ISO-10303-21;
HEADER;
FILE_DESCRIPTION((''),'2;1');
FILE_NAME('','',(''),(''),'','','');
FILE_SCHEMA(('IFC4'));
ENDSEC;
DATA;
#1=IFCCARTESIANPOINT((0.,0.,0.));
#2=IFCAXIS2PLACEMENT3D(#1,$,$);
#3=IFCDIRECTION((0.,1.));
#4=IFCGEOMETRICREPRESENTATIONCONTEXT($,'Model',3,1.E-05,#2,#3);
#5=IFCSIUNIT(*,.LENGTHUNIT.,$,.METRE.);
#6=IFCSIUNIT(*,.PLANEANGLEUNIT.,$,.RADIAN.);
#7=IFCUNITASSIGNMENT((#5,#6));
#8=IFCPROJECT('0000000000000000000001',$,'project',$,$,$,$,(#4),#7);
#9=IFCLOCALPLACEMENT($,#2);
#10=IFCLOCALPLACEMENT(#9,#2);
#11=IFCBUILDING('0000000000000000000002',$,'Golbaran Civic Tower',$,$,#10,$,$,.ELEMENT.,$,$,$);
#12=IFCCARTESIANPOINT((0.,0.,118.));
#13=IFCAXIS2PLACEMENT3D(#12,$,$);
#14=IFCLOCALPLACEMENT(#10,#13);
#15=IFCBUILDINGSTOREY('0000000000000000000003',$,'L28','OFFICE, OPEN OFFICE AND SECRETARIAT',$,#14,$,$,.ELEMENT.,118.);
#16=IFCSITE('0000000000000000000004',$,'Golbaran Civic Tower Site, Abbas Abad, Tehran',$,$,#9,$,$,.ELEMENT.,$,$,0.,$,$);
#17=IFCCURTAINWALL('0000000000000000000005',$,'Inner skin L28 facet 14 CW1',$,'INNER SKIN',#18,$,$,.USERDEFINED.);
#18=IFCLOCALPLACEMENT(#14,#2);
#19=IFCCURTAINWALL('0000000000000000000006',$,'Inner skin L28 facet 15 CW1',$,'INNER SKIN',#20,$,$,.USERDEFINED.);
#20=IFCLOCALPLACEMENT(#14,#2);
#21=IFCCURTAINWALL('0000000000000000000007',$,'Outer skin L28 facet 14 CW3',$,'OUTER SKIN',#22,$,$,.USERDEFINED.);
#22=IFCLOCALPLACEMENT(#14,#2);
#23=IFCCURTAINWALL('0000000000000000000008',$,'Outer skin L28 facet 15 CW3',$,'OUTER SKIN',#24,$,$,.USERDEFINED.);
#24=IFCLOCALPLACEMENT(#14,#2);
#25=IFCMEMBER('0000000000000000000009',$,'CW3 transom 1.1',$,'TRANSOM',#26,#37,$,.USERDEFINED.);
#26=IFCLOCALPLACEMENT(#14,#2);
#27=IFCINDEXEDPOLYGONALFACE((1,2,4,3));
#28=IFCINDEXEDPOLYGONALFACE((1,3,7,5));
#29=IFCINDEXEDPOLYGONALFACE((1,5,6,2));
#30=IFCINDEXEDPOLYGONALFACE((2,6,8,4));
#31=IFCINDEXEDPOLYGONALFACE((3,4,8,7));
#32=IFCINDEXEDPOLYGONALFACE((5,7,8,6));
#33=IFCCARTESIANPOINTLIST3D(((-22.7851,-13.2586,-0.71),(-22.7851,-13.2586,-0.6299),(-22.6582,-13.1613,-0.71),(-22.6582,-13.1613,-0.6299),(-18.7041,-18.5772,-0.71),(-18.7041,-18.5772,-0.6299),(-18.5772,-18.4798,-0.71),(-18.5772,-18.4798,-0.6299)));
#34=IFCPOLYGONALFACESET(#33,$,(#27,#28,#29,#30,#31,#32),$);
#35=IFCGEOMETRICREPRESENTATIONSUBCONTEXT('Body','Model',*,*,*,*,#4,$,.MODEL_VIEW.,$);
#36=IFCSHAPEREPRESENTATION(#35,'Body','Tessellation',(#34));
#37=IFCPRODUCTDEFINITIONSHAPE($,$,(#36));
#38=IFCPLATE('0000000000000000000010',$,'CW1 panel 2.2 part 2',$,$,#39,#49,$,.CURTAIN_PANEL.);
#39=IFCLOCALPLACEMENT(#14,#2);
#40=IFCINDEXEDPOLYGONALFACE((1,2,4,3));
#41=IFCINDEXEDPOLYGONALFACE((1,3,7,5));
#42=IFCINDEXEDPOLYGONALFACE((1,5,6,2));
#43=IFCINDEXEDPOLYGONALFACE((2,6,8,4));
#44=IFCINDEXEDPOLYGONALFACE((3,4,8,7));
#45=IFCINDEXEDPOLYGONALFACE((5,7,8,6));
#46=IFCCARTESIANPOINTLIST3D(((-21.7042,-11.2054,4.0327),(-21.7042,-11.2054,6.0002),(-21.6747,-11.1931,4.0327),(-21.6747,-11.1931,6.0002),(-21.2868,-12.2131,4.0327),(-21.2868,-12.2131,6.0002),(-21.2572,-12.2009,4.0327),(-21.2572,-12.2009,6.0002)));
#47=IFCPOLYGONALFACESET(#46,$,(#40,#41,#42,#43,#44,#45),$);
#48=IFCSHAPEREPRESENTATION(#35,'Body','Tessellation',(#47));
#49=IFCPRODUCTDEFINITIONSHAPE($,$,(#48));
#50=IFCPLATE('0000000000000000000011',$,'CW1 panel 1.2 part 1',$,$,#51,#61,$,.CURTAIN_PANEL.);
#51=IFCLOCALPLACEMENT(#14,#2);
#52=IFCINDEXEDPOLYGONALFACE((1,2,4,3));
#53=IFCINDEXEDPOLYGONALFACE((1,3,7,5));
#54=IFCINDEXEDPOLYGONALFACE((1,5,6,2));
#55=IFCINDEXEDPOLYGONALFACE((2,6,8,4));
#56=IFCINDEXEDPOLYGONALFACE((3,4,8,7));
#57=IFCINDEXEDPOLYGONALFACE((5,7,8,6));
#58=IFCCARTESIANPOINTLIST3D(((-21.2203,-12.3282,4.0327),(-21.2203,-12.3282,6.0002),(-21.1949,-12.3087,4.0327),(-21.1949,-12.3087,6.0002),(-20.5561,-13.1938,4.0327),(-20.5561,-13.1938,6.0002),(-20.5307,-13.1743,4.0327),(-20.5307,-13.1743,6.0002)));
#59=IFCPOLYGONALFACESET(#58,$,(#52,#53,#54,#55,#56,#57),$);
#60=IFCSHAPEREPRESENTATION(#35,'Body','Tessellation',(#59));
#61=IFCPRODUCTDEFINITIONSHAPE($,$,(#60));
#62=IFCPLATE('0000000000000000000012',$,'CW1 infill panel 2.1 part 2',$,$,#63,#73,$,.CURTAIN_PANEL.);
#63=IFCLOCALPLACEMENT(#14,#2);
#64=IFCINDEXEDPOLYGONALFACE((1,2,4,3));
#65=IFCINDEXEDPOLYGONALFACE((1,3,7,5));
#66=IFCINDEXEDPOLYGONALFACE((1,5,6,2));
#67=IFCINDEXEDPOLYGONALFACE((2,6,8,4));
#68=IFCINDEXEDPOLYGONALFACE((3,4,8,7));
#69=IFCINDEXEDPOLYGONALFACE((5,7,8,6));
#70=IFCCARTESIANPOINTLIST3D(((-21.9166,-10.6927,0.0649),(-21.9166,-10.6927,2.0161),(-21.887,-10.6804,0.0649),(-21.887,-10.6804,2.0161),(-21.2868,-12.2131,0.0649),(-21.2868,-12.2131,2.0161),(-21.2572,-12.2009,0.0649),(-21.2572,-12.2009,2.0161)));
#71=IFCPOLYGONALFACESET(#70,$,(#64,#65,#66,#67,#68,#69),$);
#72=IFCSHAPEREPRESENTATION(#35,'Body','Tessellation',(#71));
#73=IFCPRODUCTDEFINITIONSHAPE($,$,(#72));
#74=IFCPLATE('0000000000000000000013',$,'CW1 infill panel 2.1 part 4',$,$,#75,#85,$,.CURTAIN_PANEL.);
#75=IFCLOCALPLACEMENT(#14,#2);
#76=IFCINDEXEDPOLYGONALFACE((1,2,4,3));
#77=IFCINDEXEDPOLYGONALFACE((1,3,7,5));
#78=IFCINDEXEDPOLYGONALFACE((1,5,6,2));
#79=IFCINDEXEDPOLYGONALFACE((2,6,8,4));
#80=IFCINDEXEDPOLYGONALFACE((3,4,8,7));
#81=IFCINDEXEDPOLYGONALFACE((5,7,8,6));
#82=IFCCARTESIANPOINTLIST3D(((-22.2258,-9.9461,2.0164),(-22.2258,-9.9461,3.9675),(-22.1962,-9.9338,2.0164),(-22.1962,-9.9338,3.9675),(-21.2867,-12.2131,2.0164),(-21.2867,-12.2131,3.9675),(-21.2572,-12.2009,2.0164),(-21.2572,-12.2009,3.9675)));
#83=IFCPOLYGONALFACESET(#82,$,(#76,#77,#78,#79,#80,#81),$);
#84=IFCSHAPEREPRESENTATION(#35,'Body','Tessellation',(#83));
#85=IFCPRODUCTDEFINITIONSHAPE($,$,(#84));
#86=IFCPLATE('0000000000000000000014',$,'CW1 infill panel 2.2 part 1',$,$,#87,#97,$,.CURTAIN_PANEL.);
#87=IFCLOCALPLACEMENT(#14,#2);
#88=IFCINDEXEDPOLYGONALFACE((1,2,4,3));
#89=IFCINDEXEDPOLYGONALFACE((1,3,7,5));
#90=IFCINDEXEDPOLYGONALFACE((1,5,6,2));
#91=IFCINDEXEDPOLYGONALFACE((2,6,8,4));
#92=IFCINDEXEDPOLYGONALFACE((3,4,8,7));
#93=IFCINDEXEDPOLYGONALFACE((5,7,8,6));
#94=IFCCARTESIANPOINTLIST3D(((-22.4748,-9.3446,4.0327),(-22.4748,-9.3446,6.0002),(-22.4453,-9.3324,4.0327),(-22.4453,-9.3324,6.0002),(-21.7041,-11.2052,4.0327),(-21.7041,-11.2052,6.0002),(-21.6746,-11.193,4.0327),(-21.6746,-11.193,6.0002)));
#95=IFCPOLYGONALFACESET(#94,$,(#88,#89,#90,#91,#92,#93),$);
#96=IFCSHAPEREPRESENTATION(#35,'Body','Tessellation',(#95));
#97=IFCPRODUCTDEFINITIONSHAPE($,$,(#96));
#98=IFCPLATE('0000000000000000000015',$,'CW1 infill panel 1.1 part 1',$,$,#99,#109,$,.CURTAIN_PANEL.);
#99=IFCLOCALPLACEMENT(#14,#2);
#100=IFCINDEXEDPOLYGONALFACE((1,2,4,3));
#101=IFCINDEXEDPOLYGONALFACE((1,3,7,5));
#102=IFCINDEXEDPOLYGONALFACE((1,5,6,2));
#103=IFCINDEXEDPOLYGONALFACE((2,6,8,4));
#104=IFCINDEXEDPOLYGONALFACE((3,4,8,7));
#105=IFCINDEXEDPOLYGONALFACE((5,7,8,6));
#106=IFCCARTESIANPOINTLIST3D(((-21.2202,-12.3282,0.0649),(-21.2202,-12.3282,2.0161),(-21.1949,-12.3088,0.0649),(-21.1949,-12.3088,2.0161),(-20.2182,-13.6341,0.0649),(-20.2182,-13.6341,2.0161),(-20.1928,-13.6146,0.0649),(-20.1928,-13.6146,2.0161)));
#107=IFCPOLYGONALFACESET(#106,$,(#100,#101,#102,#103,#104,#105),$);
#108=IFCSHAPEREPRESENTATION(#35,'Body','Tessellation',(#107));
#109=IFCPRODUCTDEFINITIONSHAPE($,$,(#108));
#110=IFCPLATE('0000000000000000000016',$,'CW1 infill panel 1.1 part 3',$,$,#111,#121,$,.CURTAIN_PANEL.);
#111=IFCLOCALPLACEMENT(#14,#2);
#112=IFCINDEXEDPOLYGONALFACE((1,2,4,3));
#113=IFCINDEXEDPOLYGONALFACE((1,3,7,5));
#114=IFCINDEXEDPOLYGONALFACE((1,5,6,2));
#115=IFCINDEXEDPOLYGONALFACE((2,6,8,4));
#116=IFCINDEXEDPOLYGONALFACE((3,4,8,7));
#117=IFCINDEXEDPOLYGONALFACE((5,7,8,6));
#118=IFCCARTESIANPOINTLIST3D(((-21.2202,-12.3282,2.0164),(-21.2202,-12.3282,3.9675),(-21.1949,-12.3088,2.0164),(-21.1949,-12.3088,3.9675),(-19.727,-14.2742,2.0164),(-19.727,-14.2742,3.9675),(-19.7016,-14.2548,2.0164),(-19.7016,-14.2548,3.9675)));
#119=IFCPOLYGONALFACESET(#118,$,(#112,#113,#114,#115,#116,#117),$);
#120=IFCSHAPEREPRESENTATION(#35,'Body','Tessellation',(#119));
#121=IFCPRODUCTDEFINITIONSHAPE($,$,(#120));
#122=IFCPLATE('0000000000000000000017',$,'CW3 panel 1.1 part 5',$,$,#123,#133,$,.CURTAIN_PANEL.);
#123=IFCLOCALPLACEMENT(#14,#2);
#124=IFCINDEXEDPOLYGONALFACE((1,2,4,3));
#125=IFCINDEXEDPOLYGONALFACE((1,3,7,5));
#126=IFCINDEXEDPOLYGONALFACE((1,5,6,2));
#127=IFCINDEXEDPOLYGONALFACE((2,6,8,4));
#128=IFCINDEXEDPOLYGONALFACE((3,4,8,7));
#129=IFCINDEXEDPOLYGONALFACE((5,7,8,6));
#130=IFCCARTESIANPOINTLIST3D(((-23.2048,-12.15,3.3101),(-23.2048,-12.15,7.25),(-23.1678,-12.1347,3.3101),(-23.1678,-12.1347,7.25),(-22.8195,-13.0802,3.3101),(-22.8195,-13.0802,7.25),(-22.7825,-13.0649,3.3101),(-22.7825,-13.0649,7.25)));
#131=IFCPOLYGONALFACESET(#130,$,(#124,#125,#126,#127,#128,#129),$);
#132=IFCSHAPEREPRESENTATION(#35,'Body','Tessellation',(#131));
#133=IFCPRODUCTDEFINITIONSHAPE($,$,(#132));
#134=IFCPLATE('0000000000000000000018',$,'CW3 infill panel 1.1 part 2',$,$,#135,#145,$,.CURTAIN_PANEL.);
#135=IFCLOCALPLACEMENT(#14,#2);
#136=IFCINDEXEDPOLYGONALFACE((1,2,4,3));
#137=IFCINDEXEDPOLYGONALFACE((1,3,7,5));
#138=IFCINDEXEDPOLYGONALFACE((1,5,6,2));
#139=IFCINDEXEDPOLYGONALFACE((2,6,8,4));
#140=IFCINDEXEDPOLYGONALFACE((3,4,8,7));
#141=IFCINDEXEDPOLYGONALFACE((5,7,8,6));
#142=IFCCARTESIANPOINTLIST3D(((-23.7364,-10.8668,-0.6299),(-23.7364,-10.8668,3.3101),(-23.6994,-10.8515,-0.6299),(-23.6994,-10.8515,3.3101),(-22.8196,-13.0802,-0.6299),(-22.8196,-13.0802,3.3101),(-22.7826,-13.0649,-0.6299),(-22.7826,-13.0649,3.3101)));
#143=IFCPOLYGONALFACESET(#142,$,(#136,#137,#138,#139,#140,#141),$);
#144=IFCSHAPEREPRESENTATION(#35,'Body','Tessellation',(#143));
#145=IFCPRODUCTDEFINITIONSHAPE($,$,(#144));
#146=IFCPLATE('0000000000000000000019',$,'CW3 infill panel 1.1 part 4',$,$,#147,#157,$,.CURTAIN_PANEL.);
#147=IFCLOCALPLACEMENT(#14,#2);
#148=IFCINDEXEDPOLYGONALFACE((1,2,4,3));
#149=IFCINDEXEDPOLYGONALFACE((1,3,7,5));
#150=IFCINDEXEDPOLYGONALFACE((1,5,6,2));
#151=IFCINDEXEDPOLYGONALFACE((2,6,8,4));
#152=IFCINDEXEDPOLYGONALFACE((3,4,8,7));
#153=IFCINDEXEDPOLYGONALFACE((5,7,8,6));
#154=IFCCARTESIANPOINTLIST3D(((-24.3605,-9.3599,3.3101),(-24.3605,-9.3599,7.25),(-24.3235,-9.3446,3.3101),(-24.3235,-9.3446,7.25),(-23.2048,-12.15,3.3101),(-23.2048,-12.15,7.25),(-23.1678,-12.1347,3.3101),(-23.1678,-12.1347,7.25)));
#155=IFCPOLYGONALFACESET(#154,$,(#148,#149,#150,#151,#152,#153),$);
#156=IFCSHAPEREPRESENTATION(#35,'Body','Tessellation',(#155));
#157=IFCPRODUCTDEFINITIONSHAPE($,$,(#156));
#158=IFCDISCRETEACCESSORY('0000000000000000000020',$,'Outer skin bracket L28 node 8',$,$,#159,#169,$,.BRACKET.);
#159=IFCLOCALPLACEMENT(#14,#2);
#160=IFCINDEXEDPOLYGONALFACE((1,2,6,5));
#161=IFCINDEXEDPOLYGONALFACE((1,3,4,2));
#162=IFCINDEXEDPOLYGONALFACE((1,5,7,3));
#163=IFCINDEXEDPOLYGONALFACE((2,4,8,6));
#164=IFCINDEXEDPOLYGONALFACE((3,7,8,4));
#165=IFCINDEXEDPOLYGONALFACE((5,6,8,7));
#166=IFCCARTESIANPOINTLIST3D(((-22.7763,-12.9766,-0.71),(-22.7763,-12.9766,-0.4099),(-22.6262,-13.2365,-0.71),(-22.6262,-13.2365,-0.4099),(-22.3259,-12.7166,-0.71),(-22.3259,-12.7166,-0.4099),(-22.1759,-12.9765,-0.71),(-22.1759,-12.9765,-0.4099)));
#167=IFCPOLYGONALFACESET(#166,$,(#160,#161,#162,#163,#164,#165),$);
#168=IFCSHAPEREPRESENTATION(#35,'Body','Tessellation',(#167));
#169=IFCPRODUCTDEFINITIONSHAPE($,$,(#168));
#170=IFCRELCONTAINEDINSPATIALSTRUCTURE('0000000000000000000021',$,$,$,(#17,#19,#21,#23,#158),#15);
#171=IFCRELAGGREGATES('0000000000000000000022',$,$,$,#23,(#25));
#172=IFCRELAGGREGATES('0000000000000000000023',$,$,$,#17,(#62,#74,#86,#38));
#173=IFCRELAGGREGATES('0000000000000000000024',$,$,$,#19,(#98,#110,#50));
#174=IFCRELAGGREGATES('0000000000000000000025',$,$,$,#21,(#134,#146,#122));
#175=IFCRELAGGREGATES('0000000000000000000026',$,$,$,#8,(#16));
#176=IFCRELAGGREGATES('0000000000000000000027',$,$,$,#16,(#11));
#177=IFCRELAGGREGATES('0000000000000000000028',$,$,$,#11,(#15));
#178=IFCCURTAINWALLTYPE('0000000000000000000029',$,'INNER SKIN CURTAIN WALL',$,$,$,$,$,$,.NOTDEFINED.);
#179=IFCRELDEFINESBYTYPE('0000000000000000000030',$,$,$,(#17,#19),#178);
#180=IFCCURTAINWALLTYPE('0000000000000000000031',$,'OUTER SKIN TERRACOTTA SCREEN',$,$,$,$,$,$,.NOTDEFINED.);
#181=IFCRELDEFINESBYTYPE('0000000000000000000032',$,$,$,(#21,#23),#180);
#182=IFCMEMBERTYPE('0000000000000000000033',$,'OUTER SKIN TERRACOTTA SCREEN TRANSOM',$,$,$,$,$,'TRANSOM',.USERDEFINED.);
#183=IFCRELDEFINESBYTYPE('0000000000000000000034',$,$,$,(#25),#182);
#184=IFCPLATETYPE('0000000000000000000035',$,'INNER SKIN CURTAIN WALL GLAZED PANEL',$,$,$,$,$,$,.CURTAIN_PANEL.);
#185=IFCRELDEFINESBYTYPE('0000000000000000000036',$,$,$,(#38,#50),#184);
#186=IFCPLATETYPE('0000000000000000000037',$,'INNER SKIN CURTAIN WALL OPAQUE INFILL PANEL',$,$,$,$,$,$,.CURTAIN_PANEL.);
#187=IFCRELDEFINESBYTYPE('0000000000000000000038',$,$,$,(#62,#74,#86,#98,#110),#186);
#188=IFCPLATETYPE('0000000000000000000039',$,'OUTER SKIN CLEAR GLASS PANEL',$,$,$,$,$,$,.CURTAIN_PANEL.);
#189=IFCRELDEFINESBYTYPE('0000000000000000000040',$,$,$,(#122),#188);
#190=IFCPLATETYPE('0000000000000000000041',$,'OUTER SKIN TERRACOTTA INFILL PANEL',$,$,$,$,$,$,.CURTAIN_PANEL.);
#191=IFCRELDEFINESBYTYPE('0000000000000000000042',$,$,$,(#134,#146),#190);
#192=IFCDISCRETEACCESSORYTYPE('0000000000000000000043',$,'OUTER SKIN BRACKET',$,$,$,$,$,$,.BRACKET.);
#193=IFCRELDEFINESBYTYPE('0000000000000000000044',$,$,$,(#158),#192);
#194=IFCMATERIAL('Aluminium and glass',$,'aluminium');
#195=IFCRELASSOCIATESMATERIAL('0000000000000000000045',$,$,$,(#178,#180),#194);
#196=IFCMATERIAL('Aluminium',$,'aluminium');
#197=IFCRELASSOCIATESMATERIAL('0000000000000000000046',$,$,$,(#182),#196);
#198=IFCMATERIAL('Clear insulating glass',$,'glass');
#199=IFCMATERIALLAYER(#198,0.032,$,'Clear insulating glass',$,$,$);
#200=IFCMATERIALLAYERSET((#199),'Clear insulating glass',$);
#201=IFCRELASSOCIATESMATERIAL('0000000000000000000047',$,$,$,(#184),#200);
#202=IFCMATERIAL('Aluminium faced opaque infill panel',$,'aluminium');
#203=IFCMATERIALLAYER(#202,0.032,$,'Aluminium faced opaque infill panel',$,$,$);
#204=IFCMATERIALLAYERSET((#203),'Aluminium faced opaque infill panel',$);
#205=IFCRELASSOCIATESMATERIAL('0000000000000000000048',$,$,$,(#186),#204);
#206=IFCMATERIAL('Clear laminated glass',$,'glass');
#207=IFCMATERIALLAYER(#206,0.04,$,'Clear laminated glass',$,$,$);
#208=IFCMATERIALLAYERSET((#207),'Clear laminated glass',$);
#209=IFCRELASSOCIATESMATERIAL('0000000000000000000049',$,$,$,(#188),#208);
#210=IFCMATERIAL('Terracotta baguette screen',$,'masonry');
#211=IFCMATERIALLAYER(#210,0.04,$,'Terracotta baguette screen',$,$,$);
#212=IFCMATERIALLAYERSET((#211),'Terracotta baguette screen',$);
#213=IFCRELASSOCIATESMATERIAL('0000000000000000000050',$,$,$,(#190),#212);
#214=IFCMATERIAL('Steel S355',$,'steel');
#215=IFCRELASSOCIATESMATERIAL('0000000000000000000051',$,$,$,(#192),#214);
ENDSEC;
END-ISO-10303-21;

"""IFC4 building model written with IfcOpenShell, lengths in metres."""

from ifc_helpers import new_model, si_unit, direction, frame, origin, origin_2d, place, context, subcontext, project, spatial, rectangle, extrude, material, layer, layer_set, material_profile, profile_set, type_object, element, aggregate, save


model = new_model("IFC4")

# Units and contexts
model_context = context("Model", 3, precision=1e-05, world=origin(), true_north=direction((0.0, 1.0)))
body_context = subcontext(model_context, "Body", "Model", "MODEL_VIEW")
ifc_project = project(units=[si_unit("LENGTHUNIT", "METRE"), si_unit("PLANEANGLEUNIT", "RADIAN")], contexts=[model_context])

# Site, building, storey
site_placement = place(None, origin())
site = spatial("IfcSite", under=ifc_project, at=site_placement, Name="Golbaran Civic Tower Site, Abbas Abad, Tehran", CompositionType="ELEMENT", RefElevation=0.0)
building_placement = place(site_placement, origin())
building = spatial("IfcBuilding", under=site, at=building_placement, Name="Golbaran Civic Tower", CompositionType="ELEMENT")
storey_placement = place(building_placement, frame((0.0, 0.0, 118.0)))
storey = spatial("IfcBuildingStorey", under=building, at=storey_placement, Name="L28", Description="OFFICE, OPEN OFFICE AND SECRETARIAT", CompositionType="ELEMENT", Elevation=118.0)

# Shared definitions
ifc_material_1 = material(Name="Steel S355", Category="steel")

# Curtain wall
ifc_material_2 = material(Name="Aluminium and glass", Category="aluminium")
curtain_wall_type_1 = type_object("IfcCurtainWallType", Name="INNER SKIN CURTAIN WALL", PredefinedType="NOTDEFINED", material=ifc_material_2)
curtain_wall_1_placement = place(storey_placement, origin())
curtain_wall_1 = element("IfcCurtainWall", 1, at=curtain_wall_1_placement, inside=storey, type_object=curtain_wall_type_1, Name="Inner skin L28 facet 14 CW1", ObjectType="INNER SKIN", PredefinedType="USERDEFINED")
ifc_material_3 = material(Name="Aluminium", Category="aluminium")

# Curtain wall
curtain_wall_2_placement = place(storey_placement, origin())
curtain_wall_2 = element("IfcCurtainWall", 2, at=curtain_wall_2_placement, inside=storey, type_object=curtain_wall_type_1, Name="Inner skin L28 facet 15 CW1", ObjectType="INNER SKIN", PredefinedType="USERDEFINED")

# Curtain wall
curtain_wall_type_2 = type_object("IfcCurtainWallType", Name="OUTER SKIN TERRACOTTA SCREEN", PredefinedType="NOTDEFINED", material=ifc_material_2)
curtain_wall_3_placement = place(storey_placement, origin())
curtain_wall_3 = element("IfcCurtainWall", 3, at=curtain_wall_3_placement, inside=storey, type_object=curtain_wall_type_2, Name="Outer skin L28 facet 14 CW3", ObjectType="OUTER SKIN", PredefinedType="USERDEFINED")

# Curtain wall, member
curtain_wall_4_placement = place(storey_placement, origin())
curtain_wall_4 = element("IfcCurtainWall", 4, at=curtain_wall_4_placement, inside=storey, type_object=curtain_wall_type_2, Name="Outer skin L28 facet 15 CW3", ObjectType="OUTER SKIN", PredefinedType="USERDEFINED")
ifc_material_profile_1 = material_profile(ifc_material_3, rectangle(XDim=0.1599, YDim=0.0801, at=origin_2d()), Name="OUTER SKIN TERRACOTTA SCREEN TRANSOM")
ifc_profile_set_1 = profile_set([ifc_material_profile_1], Name="Aluminium")
member_type_1 = type_object("IfcMemberType", Name="OUTER SKIN TERRACOTTA SCREEN TRANSOM", ElementType="TRANSOM", PredefinedType="USERDEFINED", material=ifc_profile_set_1)
member_1_placement = place(storey_placement, frame((-22.7217, -13.21, -0.6699), z_axis=(0.608756, -0.793357, 0.0), x_axis=(0.793357, 0.608756, 0.0)))
member_1 = element("IfcMember", 5, at=member_1_placement, type_object=member_type_1, Name="CW3 transom 1.1", ObjectType="TRANSOM", PredefinedType="USERDEFINED", context=body_context, shape_type="SweptSolid", body=[
    extrude(rectangle(XDim=0.1599, YDim=0.0801, at=origin_2d()), origin(), (0.0, 0.0, 1.0), 6.7039),
])
aggregate(curtain_wall_4, [member_1])

# Plates
ifc_material_4 = material(Name="Clear insulating glass", Category="glass")
ifc_layer_1 = layer(ifc_material_4, 0.032, Name="Clear insulating glass")
ifc_layer_set_1 = layer_set([ifc_layer_1], Name="Clear insulating glass")
plate_type_1 = type_object("IfcPlateType", Name="INNER SKIN CURTAIN WALL GLAZED PANEL", PredefinedType="CURTAIN_PANEL", material=ifc_layer_set_1)
plate_1_placement = place(storey_placement, frame((-21.4807, -11.7031, 4.0327), z_axis=(0.0, 0.0, 1.0), x_axis=(0.382683, -0.92388, 0.0)))
plate_1 = element("IfcPlate", 6, at=plate_1_placement, type_object=plate_type_1, Name="CW1 panel 2.2 part 2", PredefinedType="CURTAIN_PANEL", context=body_context, shape_type="SweptSolid", body=[
    extrude(rectangle(XDim=1.0908, YDim=0.032, at=origin_2d()), origin(), (0.0, 0.0, 1.0), 1.9675),
])
plate_2_placement = place(storey_placement, frame((-20.8755, -12.7512, 4.0327), z_axis=(0.0, 0.0, 1.0), x_axis=(0.608761, -0.793353, 0.0)))
plate_2 = element("IfcPlate", 7, at=plate_2_placement, type_object=plate_type_1, Name="CW1 panel 1.2 part 1", PredefinedType="CURTAIN_PANEL", context=body_context, shape_type="SweptSolid", body=[
    extrude(rectangle(XDim=1.0911, YDim=0.032, at=origin_2d()), origin(), (0.0, 0.0, 1.0), 1.9675),
])
ifc_material_5 = material(Name="Aluminium faced opaque infill panel", Category="aluminium")
ifc_layer_2 = layer(ifc_material_5, 0.032, Name="Aluminium faced opaque infill panel")
ifc_layer_set_2 = layer_set([ifc_layer_2], Name="Aluminium faced opaque infill panel")
plate_type_2 = type_object("IfcPlateType", Name="INNER SKIN CURTAIN WALL OPAQUE INFILL PANEL", PredefinedType="CURTAIN_PANEL", material=ifc_layer_set_2)
plate_3_placement = place(storey_placement, frame((-21.5869, -11.4468, 0.0649), z_axis=(0.0, 0.0, 1.0), x_axis=(0.382683, -0.92388, 0.0)))
plate_3 = element("IfcPlate", 8, at=plate_3_placement, type_object=plate_type_2, Name="CW1 infill panel 2.1 part 2", PredefinedType="CURTAIN_PANEL", context=body_context, shape_type="SweptSolid", body=[
    extrude(rectangle(XDim=1.6458, YDim=0.032, at=origin_2d()), origin(), (0.0, 0.0, 1.0), 1.9512),
])
plate_4_placement = place(storey_placement, frame((-21.7415, -11.0735, 2.0164), z_axis=(0.0, 0.0, 1.0), x_axis=(0.382683, -0.92388, 0.0)))
plate_4 = element("IfcPlate", 9, at=plate_4_placement, type_object=plate_type_2, Name="CW1 infill panel 2.1 part 4", PredefinedType="CURTAIN_PANEL", context=body_context, shape_type="SweptSolid", body=[
    extrude(rectangle(XDim=2.4539, YDim=0.032, at=origin_2d()), origin(), (0.0, 0.0, 1.0), 1.9512),
])
plate_5_placement = place(storey_placement, frame((-22.0747, -10.2688, 4.0327), z_axis=(0.0, 0.0, 1.0), x_axis=(0.382683, -0.92388, 0.0)))
plate_5 = element("IfcPlate", 10, at=plate_5_placement, type_object=plate_type_2, Name="CW1 infill panel 2.2 part 1", PredefinedType="CURTAIN_PANEL", context=body_context, shape_type="SweptSolid", body=[
    extrude(rectangle(XDim=2.0139, YDim=0.032, at=origin_2d()), origin(), (0.0, 0.0, 1.0), 1.9675),
])
aggregate(curtain_wall_1, [plate_3, plate_4, plate_5, plate_1])
plate_6_placement = place(storey_placement, frame((-20.7065, -12.9714, 0.0649), z_axis=(0.0, 0.0, 1.0), x_axis=(0.608761, -0.793353, 0.0)))
plate_6 = element("IfcPlate", 11, at=plate_6_placement, type_object=plate_type_2, Name="CW1 infill panel 1.1 part 1", PredefinedType="CURTAIN_PANEL", context=body_context, shape_type="SweptSolid", body=[
    extrude(rectangle(XDim=1.646, YDim=0.032, at=origin_2d()), origin(), (0.0, 0.0, 1.0), 1.9512),
])
plate_7_placement = place(storey_placement, frame((-20.4609, -13.2915, 2.0164), z_axis=(0.0, 0.0, 1.0), x_axis=(0.608761, -0.793353, 0.0)))
plate_7 = element("IfcPlate", 12, at=plate_7_placement, type_object=plate_type_2, Name="CW1 infill panel 1.1 part 3", PredefinedType="CURTAIN_PANEL", context=body_context, shape_type="SweptSolid", body=[
    extrude(rectangle(XDim=2.4529, YDim=0.032, at=origin_2d()), origin(), (0.0, 0.0, 1.0), 1.9512),
])
aggregate(curtain_wall_2, [plate_6, plate_7, plate_2])
ifc_material_6 = material(Name="Clear laminated glass", Category="glass")
ifc_layer_3 = layer(ifc_material_6, 0.04, Name="Clear laminated glass")
ifc_layer_set_3 = layer_set([ifc_layer_3], Name="Clear laminated glass")
plate_type_3 = type_object("IfcPlateType", Name="OUTER SKIN CLEAR GLASS PANEL", PredefinedType="CURTAIN_PANEL", material=ifc_layer_set_3)
plate_8_placement = place(storey_placement, frame((-22.9937, -12.6074, 3.3101), z_axis=(0.0, 0.0, 1.0), x_axis=(0.382683, -0.92388, 0.0)))
plate_8 = element("IfcPlate", 13, at=plate_8_placement, type_object=plate_type_3, Name="CW3 panel 1.1 part 5", PredefinedType="CURTAIN_PANEL", context=body_context, shape_type="SweptSolid", body=[
    extrude(rectangle(XDim=1.0068, YDim=0.04, at=origin_2d()), origin(), (0.0, 0.0, 1.0), 3.9399),
])
ifc_material_7 = material(Name="Terracotta baguette screen", Category="masonry")
ifc_layer_4 = layer(ifc_material_7, 0.04, Name="Terracotta baguette screen")
ifc_layer_set_4 = layer_set([ifc_layer_4], Name="Terracotta baguette screen")
plate_type_4 = type_object("IfcPlateType", Name="OUTER SKIN TERRACOTTA INFILL PANEL", PredefinedType="CURTAIN_PANEL", material=ifc_layer_set_4)
plate_9_placement = place(storey_placement, frame((-23.2595, -11.9658, -0.6299), z_axis=(0.0, 0.0, 1.0), x_axis=(0.382683, -0.92388, 0.0)))
plate_9 = element("IfcPlate", 14, at=plate_9_placement, type_object=plate_type_4, Name="CW3 infill panel 1.1 part 2", PredefinedType="CURTAIN_PANEL", context=body_context, shape_type="SweptSolid", body=[
    extrude(rectangle(XDim=2.3958, YDim=0.04, at=origin_2d()), origin(), (0.0, 0.0, 1.0), 3.9399),
])
plate_10_placement = place(storey_placement, frame((-23.7642, -10.7473, 3.3101), z_axis=(0.0, 0.0, 1.0), x_axis=(0.382683, -0.92388, 0.0)))
plate_10 = element("IfcPlate", 15, at=plate_10_placement, type_object=plate_type_4, Name="CW3 infill panel 1.1 part 4", PredefinedType="CURTAIN_PANEL", context=body_context, shape_type="SweptSolid", body=[
    extrude(rectangle(XDim=3.02, YDim=0.04, at=origin_2d()), origin(), (0.0, 0.0, 1.0), 3.9399),
])
aggregate(curtain_wall_3, [plate_9, plate_10, plate_8])

# Discrete accessory
discrete_accessory_type = type_object("IfcDiscreteAccessoryType", Name="OUTER SKIN BRACKET", PredefinedType="BRACKET", material=ifc_material_1)
discrete_accessory_placement = place(storey_placement, frame((-22.4761, -12.9766, -0.71), z_axis=(0.0, 0.0, 1.0), x_axis=(-0.866025, -0.5, 0.0)))
element("IfcDiscreteAccessory", 16, at=discrete_accessory_placement, inside=storey, type_object=discrete_accessory_type, Name="Outer skin bracket L28 node 8", PredefinedType="BRACKET", context=body_context, shape_type="SweptSolid", body=[
    extrude(rectangle(XDim=0.52, YDim=0.3, at=origin_2d()), origin(), (0.0, 0.0, 1.0), 0.3),
])

save(model, "model.ifc")
